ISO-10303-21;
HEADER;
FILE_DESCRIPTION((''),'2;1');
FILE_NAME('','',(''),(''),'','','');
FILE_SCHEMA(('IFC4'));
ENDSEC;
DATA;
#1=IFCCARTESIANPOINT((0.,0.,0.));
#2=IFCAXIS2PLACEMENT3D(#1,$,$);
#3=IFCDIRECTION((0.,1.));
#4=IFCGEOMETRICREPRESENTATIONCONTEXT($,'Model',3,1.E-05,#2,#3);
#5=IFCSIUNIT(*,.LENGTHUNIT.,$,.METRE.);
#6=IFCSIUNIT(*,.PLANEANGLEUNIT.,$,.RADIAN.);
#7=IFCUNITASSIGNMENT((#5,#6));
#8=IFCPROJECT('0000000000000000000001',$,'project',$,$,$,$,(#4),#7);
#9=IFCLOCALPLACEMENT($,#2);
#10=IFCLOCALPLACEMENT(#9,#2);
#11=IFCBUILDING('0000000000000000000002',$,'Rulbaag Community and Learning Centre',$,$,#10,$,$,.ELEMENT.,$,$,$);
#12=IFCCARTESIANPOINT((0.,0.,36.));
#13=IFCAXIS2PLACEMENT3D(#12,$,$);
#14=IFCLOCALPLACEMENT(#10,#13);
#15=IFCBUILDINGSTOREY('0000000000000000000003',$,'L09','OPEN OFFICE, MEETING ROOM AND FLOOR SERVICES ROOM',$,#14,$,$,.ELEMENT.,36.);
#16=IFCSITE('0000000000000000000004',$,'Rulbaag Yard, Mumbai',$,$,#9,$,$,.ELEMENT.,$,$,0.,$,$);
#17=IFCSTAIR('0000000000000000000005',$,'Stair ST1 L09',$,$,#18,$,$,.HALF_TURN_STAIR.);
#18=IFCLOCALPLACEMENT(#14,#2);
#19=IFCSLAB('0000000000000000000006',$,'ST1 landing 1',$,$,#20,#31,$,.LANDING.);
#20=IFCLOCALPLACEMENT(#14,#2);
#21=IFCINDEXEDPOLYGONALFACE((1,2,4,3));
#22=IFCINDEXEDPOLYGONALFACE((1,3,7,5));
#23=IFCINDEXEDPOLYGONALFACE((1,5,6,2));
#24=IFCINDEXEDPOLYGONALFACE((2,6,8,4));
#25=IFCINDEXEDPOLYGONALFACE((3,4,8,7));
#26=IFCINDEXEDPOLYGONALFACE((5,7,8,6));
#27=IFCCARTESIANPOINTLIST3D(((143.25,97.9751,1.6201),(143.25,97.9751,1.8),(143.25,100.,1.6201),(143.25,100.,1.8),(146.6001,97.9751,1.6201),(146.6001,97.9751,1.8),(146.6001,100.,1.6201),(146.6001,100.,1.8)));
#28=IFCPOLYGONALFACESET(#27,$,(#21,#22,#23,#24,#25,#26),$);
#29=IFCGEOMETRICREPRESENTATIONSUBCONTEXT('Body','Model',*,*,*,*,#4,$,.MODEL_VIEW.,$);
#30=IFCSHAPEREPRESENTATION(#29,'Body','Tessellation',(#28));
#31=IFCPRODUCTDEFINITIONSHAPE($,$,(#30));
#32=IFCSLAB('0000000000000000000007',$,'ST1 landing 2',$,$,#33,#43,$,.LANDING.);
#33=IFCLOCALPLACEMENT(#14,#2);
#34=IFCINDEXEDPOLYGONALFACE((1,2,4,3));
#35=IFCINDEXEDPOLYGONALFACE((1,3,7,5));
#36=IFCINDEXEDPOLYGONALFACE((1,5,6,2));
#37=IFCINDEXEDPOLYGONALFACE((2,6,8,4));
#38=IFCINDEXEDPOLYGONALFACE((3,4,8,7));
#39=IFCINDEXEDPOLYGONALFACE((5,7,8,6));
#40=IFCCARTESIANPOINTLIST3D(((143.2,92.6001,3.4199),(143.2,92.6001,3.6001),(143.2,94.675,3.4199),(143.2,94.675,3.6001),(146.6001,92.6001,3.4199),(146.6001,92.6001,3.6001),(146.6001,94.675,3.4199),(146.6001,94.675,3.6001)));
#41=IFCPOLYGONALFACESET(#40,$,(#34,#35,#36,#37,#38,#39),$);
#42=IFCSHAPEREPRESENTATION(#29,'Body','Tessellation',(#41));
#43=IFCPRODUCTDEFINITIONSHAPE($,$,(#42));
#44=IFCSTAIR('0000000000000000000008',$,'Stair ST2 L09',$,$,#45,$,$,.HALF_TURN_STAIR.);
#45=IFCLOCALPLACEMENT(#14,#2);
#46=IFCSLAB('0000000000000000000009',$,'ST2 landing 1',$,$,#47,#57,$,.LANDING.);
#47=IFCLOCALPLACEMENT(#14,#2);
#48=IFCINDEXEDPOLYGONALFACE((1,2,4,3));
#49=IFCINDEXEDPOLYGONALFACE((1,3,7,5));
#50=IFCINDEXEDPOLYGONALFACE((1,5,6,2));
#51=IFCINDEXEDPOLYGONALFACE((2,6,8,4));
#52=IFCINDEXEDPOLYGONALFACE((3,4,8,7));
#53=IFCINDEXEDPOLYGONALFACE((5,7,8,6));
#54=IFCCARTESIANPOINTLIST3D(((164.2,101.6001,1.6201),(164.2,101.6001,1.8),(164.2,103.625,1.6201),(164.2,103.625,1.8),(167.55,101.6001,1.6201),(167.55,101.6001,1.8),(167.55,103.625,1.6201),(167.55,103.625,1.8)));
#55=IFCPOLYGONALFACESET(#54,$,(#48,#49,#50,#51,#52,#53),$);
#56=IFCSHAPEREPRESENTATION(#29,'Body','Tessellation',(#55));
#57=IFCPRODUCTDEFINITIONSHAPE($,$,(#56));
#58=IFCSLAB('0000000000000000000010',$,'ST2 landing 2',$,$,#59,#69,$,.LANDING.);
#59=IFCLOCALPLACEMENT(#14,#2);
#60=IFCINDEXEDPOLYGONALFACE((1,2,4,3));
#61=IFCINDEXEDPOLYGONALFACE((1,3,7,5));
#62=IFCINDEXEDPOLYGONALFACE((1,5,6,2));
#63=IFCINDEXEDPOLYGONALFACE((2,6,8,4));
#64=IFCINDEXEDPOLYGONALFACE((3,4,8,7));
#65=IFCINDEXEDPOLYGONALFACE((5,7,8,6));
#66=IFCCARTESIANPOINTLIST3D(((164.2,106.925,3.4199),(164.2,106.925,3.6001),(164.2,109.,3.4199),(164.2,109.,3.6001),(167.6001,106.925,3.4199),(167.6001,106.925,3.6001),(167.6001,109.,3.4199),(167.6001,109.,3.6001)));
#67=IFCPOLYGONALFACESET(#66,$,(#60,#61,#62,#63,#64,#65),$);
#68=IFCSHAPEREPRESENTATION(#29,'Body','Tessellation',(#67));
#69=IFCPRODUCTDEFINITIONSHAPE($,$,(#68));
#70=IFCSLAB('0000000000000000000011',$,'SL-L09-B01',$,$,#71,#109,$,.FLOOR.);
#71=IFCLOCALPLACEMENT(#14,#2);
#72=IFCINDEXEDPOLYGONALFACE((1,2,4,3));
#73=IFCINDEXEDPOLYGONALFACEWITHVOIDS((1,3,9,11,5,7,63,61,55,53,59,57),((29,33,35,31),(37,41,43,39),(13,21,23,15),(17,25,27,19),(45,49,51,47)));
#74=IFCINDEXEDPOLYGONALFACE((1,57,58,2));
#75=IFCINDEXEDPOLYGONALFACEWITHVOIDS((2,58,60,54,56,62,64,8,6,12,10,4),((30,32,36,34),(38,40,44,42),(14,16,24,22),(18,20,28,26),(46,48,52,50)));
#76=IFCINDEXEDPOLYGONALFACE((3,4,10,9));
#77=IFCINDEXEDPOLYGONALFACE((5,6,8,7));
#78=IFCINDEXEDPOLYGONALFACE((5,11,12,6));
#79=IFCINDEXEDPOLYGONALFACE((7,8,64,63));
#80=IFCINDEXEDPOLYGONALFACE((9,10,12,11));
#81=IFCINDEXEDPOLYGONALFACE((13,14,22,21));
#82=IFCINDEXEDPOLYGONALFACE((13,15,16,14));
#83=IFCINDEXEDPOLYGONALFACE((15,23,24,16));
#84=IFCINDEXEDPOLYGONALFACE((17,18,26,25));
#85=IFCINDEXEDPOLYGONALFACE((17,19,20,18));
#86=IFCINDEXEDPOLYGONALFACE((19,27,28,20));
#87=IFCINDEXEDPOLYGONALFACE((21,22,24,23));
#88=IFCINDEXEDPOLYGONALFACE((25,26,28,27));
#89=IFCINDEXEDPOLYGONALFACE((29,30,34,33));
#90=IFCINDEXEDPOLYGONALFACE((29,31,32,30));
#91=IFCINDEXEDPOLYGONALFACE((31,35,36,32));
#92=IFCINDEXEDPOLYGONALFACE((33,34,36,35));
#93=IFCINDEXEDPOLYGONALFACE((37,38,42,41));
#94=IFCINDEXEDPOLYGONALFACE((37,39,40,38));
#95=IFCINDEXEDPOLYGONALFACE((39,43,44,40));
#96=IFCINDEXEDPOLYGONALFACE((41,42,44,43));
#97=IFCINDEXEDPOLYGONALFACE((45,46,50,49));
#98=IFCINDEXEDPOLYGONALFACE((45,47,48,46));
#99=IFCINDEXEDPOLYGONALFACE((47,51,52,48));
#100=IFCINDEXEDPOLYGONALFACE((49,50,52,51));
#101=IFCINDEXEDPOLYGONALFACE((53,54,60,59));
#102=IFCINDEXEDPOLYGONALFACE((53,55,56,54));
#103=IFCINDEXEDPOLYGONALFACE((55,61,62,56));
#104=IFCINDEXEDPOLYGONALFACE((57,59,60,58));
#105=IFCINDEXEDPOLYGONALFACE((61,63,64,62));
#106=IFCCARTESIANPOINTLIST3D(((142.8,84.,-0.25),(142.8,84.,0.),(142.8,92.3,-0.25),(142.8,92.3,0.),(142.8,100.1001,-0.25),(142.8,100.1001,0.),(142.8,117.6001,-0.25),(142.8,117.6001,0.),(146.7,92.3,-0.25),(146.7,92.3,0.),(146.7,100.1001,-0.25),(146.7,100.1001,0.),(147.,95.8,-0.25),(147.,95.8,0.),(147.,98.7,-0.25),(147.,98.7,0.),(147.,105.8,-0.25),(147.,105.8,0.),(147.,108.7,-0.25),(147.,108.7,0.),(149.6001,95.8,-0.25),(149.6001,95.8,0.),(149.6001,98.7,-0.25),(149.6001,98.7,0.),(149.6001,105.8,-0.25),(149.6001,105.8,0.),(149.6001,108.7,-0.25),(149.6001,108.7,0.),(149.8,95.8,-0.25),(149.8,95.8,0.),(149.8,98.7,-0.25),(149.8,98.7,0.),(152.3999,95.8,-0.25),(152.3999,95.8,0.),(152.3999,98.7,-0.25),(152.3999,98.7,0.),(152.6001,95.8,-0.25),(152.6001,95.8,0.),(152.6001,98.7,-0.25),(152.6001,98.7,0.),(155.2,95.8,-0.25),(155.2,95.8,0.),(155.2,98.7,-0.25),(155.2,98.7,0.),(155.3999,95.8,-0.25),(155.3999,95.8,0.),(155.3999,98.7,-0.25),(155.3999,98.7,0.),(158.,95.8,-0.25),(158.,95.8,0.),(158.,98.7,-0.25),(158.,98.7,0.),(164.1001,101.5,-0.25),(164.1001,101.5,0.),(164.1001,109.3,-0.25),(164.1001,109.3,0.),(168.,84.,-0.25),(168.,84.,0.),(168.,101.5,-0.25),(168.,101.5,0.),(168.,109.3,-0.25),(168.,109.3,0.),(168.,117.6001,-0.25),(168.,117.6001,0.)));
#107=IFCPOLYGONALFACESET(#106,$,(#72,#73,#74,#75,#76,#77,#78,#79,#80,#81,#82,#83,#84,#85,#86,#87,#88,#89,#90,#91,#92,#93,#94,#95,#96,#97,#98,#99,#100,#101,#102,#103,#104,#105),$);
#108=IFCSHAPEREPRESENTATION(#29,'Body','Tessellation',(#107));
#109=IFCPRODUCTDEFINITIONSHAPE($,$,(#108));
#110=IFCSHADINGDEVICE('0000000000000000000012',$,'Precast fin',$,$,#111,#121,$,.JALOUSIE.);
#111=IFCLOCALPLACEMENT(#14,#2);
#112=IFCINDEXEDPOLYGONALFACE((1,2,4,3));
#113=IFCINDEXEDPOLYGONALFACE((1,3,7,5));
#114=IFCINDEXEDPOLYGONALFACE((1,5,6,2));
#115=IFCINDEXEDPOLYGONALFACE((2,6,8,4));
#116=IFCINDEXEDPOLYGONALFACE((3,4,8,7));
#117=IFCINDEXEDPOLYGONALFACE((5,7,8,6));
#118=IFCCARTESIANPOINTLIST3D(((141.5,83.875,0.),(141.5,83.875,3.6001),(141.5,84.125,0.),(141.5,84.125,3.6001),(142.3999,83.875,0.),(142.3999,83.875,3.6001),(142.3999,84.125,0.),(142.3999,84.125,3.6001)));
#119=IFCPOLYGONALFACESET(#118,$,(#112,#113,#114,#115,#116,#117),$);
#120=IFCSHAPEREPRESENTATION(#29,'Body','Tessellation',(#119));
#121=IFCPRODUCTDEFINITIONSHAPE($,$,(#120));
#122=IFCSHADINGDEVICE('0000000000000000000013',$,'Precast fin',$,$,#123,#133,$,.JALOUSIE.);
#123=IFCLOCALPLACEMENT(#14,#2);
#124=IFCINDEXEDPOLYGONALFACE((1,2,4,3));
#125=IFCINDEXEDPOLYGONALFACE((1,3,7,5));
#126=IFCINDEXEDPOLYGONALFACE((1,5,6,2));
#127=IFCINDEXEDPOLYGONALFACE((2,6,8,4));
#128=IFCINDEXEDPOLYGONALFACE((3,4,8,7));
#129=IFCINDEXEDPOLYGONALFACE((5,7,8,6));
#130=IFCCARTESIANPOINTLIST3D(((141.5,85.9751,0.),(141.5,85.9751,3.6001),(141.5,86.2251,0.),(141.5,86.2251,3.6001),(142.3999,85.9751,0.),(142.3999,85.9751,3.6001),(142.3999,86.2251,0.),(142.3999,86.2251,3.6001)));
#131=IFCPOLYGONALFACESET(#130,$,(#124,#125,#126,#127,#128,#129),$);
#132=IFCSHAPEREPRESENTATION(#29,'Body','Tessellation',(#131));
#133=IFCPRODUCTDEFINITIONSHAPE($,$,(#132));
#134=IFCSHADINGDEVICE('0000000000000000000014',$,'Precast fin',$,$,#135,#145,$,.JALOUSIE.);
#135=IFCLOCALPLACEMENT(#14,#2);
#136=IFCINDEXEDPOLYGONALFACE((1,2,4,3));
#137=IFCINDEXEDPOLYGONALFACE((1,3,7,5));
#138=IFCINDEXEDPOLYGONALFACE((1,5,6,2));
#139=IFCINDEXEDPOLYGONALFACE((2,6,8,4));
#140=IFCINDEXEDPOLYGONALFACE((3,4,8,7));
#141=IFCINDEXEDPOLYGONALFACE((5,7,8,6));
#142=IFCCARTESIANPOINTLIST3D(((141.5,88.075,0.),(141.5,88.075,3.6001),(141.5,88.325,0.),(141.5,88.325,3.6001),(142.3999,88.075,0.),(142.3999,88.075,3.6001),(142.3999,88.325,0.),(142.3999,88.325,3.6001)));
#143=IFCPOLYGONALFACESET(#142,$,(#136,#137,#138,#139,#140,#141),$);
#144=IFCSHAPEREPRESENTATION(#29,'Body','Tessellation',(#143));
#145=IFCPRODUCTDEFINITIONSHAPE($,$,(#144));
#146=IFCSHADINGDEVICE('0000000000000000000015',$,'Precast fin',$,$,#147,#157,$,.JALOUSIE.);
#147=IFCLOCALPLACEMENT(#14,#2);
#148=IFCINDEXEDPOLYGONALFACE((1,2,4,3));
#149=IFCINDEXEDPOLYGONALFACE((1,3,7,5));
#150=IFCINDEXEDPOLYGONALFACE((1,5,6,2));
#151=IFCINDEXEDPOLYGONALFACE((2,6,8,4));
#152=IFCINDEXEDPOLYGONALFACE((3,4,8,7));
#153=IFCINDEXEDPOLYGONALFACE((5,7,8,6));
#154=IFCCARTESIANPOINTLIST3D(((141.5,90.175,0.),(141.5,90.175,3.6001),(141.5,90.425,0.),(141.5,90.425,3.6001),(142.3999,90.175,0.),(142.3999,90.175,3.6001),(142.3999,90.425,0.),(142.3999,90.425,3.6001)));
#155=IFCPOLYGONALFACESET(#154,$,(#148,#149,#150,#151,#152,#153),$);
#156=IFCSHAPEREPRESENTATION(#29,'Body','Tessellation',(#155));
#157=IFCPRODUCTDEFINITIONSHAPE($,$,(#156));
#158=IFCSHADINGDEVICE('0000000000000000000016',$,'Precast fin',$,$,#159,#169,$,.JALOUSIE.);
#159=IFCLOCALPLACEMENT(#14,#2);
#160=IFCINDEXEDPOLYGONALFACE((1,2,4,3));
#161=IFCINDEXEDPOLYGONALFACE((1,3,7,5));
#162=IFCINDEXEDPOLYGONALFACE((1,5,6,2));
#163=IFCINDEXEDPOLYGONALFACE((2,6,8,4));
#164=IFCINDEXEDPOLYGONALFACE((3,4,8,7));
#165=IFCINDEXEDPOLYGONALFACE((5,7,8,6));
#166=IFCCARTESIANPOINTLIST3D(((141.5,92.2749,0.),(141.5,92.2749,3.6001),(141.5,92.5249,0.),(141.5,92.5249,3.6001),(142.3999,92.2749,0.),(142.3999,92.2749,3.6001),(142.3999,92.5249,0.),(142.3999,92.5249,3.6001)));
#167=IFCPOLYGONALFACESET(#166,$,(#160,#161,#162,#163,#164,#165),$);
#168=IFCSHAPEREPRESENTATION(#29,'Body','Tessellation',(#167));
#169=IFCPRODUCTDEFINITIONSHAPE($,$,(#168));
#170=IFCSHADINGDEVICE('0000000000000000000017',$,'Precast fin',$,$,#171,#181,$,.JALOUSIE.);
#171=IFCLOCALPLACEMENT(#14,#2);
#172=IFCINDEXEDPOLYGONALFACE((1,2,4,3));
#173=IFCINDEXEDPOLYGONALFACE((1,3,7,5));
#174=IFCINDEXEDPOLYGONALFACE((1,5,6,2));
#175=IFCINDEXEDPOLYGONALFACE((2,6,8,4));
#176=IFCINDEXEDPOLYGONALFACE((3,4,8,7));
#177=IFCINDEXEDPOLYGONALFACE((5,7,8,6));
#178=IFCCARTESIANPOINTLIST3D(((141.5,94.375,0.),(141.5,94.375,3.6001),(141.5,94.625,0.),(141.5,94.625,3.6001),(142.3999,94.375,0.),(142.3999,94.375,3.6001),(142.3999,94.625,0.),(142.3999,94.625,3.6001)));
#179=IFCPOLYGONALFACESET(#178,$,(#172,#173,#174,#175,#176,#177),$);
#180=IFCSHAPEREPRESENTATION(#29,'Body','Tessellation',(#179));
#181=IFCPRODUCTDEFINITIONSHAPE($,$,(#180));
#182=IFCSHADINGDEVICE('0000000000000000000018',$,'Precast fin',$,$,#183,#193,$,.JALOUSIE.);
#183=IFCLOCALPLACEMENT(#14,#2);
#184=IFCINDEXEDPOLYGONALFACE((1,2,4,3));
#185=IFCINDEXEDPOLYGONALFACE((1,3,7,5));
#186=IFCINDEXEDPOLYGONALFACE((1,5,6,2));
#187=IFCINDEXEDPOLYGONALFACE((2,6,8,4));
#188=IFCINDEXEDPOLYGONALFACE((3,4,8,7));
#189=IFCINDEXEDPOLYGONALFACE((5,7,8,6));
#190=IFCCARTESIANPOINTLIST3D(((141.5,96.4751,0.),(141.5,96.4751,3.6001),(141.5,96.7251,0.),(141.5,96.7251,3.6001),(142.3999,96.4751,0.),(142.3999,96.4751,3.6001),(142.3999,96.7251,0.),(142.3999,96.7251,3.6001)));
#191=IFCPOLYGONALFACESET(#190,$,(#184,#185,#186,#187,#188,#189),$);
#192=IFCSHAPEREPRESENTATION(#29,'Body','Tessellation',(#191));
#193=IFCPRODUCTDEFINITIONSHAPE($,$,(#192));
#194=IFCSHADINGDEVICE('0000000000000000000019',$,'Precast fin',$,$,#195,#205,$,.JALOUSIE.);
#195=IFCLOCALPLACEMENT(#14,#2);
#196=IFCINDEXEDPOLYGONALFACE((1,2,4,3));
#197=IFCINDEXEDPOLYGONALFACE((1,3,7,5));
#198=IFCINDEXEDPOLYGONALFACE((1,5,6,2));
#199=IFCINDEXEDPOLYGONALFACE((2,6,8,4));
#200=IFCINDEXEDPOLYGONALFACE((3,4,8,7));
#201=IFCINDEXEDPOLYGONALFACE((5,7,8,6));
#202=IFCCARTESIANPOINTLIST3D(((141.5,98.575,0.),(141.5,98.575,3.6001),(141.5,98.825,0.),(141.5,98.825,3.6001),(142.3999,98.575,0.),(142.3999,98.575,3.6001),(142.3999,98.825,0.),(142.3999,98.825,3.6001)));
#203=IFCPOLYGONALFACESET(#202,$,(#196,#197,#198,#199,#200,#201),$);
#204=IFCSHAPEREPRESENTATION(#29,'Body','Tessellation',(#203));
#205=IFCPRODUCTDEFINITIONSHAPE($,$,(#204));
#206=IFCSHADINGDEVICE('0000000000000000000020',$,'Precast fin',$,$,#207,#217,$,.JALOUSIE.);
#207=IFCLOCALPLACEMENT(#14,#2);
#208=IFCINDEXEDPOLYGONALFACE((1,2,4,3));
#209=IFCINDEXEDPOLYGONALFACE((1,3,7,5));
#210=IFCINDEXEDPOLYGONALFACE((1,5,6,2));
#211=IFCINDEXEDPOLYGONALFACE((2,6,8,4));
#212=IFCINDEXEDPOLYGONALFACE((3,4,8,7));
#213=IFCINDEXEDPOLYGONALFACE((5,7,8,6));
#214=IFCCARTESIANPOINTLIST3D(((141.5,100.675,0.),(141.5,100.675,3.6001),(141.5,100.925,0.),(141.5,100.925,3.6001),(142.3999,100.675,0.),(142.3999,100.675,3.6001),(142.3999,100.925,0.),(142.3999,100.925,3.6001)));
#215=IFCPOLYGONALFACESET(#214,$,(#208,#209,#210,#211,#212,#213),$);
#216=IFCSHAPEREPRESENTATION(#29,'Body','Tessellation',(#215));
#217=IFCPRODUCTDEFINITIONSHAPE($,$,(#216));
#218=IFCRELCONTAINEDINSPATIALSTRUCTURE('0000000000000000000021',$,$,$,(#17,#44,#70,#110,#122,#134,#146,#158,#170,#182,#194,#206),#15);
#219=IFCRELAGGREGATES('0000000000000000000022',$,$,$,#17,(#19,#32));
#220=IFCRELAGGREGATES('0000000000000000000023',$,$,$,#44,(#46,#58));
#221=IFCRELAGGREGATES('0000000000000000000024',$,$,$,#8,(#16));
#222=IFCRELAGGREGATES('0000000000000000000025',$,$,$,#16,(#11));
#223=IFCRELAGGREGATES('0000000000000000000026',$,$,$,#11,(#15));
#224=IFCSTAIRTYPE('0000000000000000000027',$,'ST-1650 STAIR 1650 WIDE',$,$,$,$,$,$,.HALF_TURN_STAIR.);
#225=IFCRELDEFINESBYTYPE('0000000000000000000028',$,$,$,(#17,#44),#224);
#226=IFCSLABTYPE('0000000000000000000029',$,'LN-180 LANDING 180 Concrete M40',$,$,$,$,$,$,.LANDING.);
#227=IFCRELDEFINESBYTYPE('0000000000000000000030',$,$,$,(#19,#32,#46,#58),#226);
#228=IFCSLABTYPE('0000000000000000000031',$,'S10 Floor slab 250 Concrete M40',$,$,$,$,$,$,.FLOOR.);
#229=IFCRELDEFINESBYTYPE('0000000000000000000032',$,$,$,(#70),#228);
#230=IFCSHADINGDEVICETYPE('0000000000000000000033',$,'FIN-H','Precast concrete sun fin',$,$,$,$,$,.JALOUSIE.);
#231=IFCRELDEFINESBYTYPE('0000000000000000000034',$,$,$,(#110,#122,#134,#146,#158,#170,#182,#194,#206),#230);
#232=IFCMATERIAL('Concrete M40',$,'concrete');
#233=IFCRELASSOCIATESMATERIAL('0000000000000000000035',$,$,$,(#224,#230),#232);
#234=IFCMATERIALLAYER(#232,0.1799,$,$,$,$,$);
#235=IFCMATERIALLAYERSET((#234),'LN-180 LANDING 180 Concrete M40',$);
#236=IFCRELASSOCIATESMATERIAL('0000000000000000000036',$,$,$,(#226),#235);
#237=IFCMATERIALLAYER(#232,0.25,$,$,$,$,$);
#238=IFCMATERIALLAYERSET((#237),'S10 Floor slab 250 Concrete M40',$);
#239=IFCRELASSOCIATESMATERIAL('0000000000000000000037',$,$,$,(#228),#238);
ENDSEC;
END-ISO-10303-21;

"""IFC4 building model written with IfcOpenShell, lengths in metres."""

from ifc_helpers import new_model, si_unit, direction, frame, origin, origin_2d, place, context, subcontext, project, spatial, polyline, rectangle, outline, extrude, material, layer, layer_set, material_profile, profile_set, type_object, element, aggregate, save


model = new_model("IFC4")

# Units and contexts
model_context = context("Model", 3, precision=1e-05, world=origin(), true_north=direction((0.0, 1.0)))
body_context = subcontext(model_context, "Body", "Model", "MODEL_VIEW")
ifc_project = project(units=[si_unit("LENGTHUNIT", "METRE"), si_unit("PLANEANGLEUNIT", "RADIAN")], contexts=[model_context])

# Site, building, storey
site_placement = place(None, origin())
site = spatial("IfcSite", under=ifc_project, at=site_placement, Name="Rulbaag Yard, Mumbai", CompositionType="ELEMENT", RefElevation=0.0)
building_placement = place(site_placement, origin())
building = spatial("IfcBuilding", under=site, at=building_placement, Name="Rulbaag Community and Learning Centre", CompositionType="ELEMENT")
storey_placement = place(building_placement, frame((0.0, 0.0, 36.0)))
storey = spatial("IfcBuildingStorey", under=building, at=storey_placement, Name="L09", Description="OPEN OFFICE, MEETING ROOM AND FLOOR SERVICES ROOM", CompositionType="ELEMENT", Elevation=36.0)

# Stairs, slabs
ifc_material_1 = material(Name="Concrete M40", Category="concrete")
stair_type = type_object("IfcStairType", Name="ST-1650 STAIR 1650 WIDE", PredefinedType="HALF_TURN_STAIR", material=ifc_material_1)
stair_1_placement = place(storey_placement, origin())
stair_1 = element("IfcStair", 1, at=stair_1_placement, inside=storey, type_object=stair_type, Name="Stair ST1 L09", PredefinedType="HALF_TURN_STAIR")
ifc_layer_1 = layer(ifc_material_1, 0.1799)
ifc_layer_set_1 = layer_set([ifc_layer_1], Name="LN-180 LANDING 180 Concrete M40")
slab_type_1 = type_object("IfcSlabType", Name="LN-180 LANDING 180 Concrete M40", PredefinedType="LANDING", material=ifc_layer_set_1)
slab_1_placement = place(storey_placement, frame((0.0, 0.0, 1.6201)))
slab_1 = element("IfcSlab", 2, at=slab_1_placement, type_object=slab_type_1, Name="ST1 landing 1", PredefinedType="LANDING", context=body_context, shape_type="SweptSolid", body=[
    extrude(outline(polyline([(143.25, 97.9751), (143.25, 100.0), (146.6001, 100.0), (146.6001, 97.9751), (143.25, 97.9751)])), origin(), (0.0, 0.0, 1.0), 0.1799),
])
slab_2_placement = place(storey_placement, frame((0.0, 0.0, 3.4199)))
slab_2 = element("IfcSlab", 3, at=slab_2_placement, type_object=slab_type_1, Name="ST1 landing 2", PredefinedType="LANDING", context=body_context, shape_type="SweptSolid", body=[
    extrude(outline(polyline([(143.2, 92.6001), (143.2, 94.675), (146.6001, 94.675), (146.6001, 92.6001), (143.2, 92.6001)])), origin(), (0.0, 0.0, 1.0), 0.1802),
])
aggregate(stair_1, [slab_1, slab_2])
stair_2_placement = place(storey_placement, origin())
stair_2 = element("IfcStair", 4, at=stair_2_placement, inside=storey, type_object=stair_type, Name="Stair ST2 L09", PredefinedType="HALF_TURN_STAIR")
slab_3_placement = place(storey_placement, frame((0.0, 0.0, 1.6201)))
slab_3 = element("IfcSlab", 5, at=slab_3_placement, type_object=slab_type_1, Name="ST2 landing 1", PredefinedType="LANDING", context=body_context, shape_type="SweptSolid", body=[
    extrude(outline(polyline([(164.2, 101.6001), (164.2, 103.625), (167.55, 103.625), (167.55, 101.6001), (164.2, 101.6001)])), origin(), (0.0, 0.0, 1.0), 0.1799),
])
slab_4_placement = place(storey_placement, frame((0.0, 0.0, 3.4199)))
slab_4 = element("IfcSlab", 6, at=slab_4_placement, type_object=slab_type_1, Name="ST2 landing 2", PredefinedType="LANDING", context=body_context, shape_type="SweptSolid", body=[
    extrude(outline(polyline([(164.2, 106.925), (164.2, 109.0), (167.6001, 109.0), (167.6001, 106.925), (164.2, 106.925)])), origin(), (0.0, 0.0, 1.0), 0.1802),
])
aggregate(stair_2, [slab_3, slab_4])

# Slab
ifc_layer_2 = layer(ifc_material_1, 0.25)
ifc_layer_set_2 = layer_set([ifc_layer_2], Name="S10 Floor slab 250 Concrete M40")
slab_type_2 = type_object("IfcSlabType", Name="S10 Floor slab 250 Concrete M40", PredefinedType="FLOOR", material=ifc_layer_set_2)
slab_5_placement = place(storey_placement, frame((0.0, 0.0, -0.25)))
element("IfcSlab", 7, at=slab_5_placement, inside=storey, type_object=slab_type_2, Name="SL-L09-B01", PredefinedType="FLOOR", context=body_context, shape_type="SweptSolid", body=[
    extrude(outline(polyline([(168.0, 84.0), (142.8, 84.0), (142.8, 92.3), (146.7, 92.3), (146.7, 100.1001), (142.8, 100.1001), (142.8, 117.6001), (168.0, 117.6001), (168.0, 109.3), (164.1001, 109.3), (164.1001, 101.5), (168.0, 101.5), (168.0, 84.0)]), holes=[polyline([(147.0, 98.7), (147.0, 95.8), (149.6001, 95.8), (149.6001, 98.7), (147.0, 98.7)]), polyline([(149.8, 98.7), (149.8, 95.8), (152.3999, 95.8), (152.3999, 98.7), (149.8, 98.7)]), polyline([(152.6001, 98.7), (152.6001, 95.8), (155.2, 95.8), (155.2, 98.7), (152.6001, 98.7)]), polyline([(155.3999, 98.7), (155.3999, 95.8), (158.0, 95.8), (158.0, 98.7), (155.3999, 98.7)]), polyline([(147.0, 108.7), (147.0, 105.8), (149.6001, 105.8), (149.6001, 108.7), (147.0, 108.7)])]), origin(), (0.0, 0.0, 1.0), 0.25),
])

# Shading devices
ifc_material_profile = material_profile(ifc_material_1, rectangle(XDim=0.25, YDim=0.8999, at=origin_2d()), Name="PC 250x900")
ifc_profile_set = profile_set([ifc_material_profile], Name="Concrete M40")
shading_device_type = type_object("IfcShadingDeviceType", Name="FIN-H", Description="Precast concrete sun fin", PredefinedType="JALOUSIE", material=ifc_profile_set)
for number, where, z_axis, x_axis, name in (
    (8, (141.95, 84.0, 0.0), (0.0, 0.0, 1.0), (0.0, 1.0, 0.0), "Precast fin"),
    (9, (141.95, 86.1001, 0.0), (0.0, 0.0, 1.0), (0.0, 1.0, 0.0), "Precast fin"),
    (10, (141.95, 88.2, 0.0), (0.0, 0.0, 1.0), (0.0, 1.0, 0.0), "Precast fin"),
    (11, (141.95, 90.3, 0.0), (0.0, 0.0, 1.0), (0.0, 1.0, 0.0), "Precast fin"),
    (12, (141.95, 92.3999, 0.0), (0.0, 0.0, 1.0), (0.0, 1.0, 0.0), "Precast fin"),
    (13, (141.95, 94.5, 0.0), (0.0, 0.0, 1.0), (0.0, 1.0, 0.0), "Precast fin"),
    (14, (141.95, 96.6001, 0.0), (0.0, 0.0, 1.0), (0.0, 1.0, 0.0), "Precast fin"),
    (15, (141.95, 98.7, 0.0), (0.0, 0.0, 1.0), (0.0, 1.0, 0.0), "Precast fin"),
    (16, (141.95, 100.8, 0.0), (0.0, 0.0, 1.0), (0.0, 1.0, 0.0), "Precast fin"),
):
    element("IfcShadingDevice", number, at=place(storey_placement, frame(where, z_axis=z_axis, x_axis=x_axis)), inside=storey, type_object=shading_device_type, Name=name, PredefinedType="JALOUSIE", context=body_context, shape_type="SweptSolid", body=[
        extrude(rectangle(XDim=0.25, YDim=0.8999, at=origin_2d()), origin(), (0.0, 0.0, 1.0), 3.6001),
    ])

save(model, "model.ifc")
